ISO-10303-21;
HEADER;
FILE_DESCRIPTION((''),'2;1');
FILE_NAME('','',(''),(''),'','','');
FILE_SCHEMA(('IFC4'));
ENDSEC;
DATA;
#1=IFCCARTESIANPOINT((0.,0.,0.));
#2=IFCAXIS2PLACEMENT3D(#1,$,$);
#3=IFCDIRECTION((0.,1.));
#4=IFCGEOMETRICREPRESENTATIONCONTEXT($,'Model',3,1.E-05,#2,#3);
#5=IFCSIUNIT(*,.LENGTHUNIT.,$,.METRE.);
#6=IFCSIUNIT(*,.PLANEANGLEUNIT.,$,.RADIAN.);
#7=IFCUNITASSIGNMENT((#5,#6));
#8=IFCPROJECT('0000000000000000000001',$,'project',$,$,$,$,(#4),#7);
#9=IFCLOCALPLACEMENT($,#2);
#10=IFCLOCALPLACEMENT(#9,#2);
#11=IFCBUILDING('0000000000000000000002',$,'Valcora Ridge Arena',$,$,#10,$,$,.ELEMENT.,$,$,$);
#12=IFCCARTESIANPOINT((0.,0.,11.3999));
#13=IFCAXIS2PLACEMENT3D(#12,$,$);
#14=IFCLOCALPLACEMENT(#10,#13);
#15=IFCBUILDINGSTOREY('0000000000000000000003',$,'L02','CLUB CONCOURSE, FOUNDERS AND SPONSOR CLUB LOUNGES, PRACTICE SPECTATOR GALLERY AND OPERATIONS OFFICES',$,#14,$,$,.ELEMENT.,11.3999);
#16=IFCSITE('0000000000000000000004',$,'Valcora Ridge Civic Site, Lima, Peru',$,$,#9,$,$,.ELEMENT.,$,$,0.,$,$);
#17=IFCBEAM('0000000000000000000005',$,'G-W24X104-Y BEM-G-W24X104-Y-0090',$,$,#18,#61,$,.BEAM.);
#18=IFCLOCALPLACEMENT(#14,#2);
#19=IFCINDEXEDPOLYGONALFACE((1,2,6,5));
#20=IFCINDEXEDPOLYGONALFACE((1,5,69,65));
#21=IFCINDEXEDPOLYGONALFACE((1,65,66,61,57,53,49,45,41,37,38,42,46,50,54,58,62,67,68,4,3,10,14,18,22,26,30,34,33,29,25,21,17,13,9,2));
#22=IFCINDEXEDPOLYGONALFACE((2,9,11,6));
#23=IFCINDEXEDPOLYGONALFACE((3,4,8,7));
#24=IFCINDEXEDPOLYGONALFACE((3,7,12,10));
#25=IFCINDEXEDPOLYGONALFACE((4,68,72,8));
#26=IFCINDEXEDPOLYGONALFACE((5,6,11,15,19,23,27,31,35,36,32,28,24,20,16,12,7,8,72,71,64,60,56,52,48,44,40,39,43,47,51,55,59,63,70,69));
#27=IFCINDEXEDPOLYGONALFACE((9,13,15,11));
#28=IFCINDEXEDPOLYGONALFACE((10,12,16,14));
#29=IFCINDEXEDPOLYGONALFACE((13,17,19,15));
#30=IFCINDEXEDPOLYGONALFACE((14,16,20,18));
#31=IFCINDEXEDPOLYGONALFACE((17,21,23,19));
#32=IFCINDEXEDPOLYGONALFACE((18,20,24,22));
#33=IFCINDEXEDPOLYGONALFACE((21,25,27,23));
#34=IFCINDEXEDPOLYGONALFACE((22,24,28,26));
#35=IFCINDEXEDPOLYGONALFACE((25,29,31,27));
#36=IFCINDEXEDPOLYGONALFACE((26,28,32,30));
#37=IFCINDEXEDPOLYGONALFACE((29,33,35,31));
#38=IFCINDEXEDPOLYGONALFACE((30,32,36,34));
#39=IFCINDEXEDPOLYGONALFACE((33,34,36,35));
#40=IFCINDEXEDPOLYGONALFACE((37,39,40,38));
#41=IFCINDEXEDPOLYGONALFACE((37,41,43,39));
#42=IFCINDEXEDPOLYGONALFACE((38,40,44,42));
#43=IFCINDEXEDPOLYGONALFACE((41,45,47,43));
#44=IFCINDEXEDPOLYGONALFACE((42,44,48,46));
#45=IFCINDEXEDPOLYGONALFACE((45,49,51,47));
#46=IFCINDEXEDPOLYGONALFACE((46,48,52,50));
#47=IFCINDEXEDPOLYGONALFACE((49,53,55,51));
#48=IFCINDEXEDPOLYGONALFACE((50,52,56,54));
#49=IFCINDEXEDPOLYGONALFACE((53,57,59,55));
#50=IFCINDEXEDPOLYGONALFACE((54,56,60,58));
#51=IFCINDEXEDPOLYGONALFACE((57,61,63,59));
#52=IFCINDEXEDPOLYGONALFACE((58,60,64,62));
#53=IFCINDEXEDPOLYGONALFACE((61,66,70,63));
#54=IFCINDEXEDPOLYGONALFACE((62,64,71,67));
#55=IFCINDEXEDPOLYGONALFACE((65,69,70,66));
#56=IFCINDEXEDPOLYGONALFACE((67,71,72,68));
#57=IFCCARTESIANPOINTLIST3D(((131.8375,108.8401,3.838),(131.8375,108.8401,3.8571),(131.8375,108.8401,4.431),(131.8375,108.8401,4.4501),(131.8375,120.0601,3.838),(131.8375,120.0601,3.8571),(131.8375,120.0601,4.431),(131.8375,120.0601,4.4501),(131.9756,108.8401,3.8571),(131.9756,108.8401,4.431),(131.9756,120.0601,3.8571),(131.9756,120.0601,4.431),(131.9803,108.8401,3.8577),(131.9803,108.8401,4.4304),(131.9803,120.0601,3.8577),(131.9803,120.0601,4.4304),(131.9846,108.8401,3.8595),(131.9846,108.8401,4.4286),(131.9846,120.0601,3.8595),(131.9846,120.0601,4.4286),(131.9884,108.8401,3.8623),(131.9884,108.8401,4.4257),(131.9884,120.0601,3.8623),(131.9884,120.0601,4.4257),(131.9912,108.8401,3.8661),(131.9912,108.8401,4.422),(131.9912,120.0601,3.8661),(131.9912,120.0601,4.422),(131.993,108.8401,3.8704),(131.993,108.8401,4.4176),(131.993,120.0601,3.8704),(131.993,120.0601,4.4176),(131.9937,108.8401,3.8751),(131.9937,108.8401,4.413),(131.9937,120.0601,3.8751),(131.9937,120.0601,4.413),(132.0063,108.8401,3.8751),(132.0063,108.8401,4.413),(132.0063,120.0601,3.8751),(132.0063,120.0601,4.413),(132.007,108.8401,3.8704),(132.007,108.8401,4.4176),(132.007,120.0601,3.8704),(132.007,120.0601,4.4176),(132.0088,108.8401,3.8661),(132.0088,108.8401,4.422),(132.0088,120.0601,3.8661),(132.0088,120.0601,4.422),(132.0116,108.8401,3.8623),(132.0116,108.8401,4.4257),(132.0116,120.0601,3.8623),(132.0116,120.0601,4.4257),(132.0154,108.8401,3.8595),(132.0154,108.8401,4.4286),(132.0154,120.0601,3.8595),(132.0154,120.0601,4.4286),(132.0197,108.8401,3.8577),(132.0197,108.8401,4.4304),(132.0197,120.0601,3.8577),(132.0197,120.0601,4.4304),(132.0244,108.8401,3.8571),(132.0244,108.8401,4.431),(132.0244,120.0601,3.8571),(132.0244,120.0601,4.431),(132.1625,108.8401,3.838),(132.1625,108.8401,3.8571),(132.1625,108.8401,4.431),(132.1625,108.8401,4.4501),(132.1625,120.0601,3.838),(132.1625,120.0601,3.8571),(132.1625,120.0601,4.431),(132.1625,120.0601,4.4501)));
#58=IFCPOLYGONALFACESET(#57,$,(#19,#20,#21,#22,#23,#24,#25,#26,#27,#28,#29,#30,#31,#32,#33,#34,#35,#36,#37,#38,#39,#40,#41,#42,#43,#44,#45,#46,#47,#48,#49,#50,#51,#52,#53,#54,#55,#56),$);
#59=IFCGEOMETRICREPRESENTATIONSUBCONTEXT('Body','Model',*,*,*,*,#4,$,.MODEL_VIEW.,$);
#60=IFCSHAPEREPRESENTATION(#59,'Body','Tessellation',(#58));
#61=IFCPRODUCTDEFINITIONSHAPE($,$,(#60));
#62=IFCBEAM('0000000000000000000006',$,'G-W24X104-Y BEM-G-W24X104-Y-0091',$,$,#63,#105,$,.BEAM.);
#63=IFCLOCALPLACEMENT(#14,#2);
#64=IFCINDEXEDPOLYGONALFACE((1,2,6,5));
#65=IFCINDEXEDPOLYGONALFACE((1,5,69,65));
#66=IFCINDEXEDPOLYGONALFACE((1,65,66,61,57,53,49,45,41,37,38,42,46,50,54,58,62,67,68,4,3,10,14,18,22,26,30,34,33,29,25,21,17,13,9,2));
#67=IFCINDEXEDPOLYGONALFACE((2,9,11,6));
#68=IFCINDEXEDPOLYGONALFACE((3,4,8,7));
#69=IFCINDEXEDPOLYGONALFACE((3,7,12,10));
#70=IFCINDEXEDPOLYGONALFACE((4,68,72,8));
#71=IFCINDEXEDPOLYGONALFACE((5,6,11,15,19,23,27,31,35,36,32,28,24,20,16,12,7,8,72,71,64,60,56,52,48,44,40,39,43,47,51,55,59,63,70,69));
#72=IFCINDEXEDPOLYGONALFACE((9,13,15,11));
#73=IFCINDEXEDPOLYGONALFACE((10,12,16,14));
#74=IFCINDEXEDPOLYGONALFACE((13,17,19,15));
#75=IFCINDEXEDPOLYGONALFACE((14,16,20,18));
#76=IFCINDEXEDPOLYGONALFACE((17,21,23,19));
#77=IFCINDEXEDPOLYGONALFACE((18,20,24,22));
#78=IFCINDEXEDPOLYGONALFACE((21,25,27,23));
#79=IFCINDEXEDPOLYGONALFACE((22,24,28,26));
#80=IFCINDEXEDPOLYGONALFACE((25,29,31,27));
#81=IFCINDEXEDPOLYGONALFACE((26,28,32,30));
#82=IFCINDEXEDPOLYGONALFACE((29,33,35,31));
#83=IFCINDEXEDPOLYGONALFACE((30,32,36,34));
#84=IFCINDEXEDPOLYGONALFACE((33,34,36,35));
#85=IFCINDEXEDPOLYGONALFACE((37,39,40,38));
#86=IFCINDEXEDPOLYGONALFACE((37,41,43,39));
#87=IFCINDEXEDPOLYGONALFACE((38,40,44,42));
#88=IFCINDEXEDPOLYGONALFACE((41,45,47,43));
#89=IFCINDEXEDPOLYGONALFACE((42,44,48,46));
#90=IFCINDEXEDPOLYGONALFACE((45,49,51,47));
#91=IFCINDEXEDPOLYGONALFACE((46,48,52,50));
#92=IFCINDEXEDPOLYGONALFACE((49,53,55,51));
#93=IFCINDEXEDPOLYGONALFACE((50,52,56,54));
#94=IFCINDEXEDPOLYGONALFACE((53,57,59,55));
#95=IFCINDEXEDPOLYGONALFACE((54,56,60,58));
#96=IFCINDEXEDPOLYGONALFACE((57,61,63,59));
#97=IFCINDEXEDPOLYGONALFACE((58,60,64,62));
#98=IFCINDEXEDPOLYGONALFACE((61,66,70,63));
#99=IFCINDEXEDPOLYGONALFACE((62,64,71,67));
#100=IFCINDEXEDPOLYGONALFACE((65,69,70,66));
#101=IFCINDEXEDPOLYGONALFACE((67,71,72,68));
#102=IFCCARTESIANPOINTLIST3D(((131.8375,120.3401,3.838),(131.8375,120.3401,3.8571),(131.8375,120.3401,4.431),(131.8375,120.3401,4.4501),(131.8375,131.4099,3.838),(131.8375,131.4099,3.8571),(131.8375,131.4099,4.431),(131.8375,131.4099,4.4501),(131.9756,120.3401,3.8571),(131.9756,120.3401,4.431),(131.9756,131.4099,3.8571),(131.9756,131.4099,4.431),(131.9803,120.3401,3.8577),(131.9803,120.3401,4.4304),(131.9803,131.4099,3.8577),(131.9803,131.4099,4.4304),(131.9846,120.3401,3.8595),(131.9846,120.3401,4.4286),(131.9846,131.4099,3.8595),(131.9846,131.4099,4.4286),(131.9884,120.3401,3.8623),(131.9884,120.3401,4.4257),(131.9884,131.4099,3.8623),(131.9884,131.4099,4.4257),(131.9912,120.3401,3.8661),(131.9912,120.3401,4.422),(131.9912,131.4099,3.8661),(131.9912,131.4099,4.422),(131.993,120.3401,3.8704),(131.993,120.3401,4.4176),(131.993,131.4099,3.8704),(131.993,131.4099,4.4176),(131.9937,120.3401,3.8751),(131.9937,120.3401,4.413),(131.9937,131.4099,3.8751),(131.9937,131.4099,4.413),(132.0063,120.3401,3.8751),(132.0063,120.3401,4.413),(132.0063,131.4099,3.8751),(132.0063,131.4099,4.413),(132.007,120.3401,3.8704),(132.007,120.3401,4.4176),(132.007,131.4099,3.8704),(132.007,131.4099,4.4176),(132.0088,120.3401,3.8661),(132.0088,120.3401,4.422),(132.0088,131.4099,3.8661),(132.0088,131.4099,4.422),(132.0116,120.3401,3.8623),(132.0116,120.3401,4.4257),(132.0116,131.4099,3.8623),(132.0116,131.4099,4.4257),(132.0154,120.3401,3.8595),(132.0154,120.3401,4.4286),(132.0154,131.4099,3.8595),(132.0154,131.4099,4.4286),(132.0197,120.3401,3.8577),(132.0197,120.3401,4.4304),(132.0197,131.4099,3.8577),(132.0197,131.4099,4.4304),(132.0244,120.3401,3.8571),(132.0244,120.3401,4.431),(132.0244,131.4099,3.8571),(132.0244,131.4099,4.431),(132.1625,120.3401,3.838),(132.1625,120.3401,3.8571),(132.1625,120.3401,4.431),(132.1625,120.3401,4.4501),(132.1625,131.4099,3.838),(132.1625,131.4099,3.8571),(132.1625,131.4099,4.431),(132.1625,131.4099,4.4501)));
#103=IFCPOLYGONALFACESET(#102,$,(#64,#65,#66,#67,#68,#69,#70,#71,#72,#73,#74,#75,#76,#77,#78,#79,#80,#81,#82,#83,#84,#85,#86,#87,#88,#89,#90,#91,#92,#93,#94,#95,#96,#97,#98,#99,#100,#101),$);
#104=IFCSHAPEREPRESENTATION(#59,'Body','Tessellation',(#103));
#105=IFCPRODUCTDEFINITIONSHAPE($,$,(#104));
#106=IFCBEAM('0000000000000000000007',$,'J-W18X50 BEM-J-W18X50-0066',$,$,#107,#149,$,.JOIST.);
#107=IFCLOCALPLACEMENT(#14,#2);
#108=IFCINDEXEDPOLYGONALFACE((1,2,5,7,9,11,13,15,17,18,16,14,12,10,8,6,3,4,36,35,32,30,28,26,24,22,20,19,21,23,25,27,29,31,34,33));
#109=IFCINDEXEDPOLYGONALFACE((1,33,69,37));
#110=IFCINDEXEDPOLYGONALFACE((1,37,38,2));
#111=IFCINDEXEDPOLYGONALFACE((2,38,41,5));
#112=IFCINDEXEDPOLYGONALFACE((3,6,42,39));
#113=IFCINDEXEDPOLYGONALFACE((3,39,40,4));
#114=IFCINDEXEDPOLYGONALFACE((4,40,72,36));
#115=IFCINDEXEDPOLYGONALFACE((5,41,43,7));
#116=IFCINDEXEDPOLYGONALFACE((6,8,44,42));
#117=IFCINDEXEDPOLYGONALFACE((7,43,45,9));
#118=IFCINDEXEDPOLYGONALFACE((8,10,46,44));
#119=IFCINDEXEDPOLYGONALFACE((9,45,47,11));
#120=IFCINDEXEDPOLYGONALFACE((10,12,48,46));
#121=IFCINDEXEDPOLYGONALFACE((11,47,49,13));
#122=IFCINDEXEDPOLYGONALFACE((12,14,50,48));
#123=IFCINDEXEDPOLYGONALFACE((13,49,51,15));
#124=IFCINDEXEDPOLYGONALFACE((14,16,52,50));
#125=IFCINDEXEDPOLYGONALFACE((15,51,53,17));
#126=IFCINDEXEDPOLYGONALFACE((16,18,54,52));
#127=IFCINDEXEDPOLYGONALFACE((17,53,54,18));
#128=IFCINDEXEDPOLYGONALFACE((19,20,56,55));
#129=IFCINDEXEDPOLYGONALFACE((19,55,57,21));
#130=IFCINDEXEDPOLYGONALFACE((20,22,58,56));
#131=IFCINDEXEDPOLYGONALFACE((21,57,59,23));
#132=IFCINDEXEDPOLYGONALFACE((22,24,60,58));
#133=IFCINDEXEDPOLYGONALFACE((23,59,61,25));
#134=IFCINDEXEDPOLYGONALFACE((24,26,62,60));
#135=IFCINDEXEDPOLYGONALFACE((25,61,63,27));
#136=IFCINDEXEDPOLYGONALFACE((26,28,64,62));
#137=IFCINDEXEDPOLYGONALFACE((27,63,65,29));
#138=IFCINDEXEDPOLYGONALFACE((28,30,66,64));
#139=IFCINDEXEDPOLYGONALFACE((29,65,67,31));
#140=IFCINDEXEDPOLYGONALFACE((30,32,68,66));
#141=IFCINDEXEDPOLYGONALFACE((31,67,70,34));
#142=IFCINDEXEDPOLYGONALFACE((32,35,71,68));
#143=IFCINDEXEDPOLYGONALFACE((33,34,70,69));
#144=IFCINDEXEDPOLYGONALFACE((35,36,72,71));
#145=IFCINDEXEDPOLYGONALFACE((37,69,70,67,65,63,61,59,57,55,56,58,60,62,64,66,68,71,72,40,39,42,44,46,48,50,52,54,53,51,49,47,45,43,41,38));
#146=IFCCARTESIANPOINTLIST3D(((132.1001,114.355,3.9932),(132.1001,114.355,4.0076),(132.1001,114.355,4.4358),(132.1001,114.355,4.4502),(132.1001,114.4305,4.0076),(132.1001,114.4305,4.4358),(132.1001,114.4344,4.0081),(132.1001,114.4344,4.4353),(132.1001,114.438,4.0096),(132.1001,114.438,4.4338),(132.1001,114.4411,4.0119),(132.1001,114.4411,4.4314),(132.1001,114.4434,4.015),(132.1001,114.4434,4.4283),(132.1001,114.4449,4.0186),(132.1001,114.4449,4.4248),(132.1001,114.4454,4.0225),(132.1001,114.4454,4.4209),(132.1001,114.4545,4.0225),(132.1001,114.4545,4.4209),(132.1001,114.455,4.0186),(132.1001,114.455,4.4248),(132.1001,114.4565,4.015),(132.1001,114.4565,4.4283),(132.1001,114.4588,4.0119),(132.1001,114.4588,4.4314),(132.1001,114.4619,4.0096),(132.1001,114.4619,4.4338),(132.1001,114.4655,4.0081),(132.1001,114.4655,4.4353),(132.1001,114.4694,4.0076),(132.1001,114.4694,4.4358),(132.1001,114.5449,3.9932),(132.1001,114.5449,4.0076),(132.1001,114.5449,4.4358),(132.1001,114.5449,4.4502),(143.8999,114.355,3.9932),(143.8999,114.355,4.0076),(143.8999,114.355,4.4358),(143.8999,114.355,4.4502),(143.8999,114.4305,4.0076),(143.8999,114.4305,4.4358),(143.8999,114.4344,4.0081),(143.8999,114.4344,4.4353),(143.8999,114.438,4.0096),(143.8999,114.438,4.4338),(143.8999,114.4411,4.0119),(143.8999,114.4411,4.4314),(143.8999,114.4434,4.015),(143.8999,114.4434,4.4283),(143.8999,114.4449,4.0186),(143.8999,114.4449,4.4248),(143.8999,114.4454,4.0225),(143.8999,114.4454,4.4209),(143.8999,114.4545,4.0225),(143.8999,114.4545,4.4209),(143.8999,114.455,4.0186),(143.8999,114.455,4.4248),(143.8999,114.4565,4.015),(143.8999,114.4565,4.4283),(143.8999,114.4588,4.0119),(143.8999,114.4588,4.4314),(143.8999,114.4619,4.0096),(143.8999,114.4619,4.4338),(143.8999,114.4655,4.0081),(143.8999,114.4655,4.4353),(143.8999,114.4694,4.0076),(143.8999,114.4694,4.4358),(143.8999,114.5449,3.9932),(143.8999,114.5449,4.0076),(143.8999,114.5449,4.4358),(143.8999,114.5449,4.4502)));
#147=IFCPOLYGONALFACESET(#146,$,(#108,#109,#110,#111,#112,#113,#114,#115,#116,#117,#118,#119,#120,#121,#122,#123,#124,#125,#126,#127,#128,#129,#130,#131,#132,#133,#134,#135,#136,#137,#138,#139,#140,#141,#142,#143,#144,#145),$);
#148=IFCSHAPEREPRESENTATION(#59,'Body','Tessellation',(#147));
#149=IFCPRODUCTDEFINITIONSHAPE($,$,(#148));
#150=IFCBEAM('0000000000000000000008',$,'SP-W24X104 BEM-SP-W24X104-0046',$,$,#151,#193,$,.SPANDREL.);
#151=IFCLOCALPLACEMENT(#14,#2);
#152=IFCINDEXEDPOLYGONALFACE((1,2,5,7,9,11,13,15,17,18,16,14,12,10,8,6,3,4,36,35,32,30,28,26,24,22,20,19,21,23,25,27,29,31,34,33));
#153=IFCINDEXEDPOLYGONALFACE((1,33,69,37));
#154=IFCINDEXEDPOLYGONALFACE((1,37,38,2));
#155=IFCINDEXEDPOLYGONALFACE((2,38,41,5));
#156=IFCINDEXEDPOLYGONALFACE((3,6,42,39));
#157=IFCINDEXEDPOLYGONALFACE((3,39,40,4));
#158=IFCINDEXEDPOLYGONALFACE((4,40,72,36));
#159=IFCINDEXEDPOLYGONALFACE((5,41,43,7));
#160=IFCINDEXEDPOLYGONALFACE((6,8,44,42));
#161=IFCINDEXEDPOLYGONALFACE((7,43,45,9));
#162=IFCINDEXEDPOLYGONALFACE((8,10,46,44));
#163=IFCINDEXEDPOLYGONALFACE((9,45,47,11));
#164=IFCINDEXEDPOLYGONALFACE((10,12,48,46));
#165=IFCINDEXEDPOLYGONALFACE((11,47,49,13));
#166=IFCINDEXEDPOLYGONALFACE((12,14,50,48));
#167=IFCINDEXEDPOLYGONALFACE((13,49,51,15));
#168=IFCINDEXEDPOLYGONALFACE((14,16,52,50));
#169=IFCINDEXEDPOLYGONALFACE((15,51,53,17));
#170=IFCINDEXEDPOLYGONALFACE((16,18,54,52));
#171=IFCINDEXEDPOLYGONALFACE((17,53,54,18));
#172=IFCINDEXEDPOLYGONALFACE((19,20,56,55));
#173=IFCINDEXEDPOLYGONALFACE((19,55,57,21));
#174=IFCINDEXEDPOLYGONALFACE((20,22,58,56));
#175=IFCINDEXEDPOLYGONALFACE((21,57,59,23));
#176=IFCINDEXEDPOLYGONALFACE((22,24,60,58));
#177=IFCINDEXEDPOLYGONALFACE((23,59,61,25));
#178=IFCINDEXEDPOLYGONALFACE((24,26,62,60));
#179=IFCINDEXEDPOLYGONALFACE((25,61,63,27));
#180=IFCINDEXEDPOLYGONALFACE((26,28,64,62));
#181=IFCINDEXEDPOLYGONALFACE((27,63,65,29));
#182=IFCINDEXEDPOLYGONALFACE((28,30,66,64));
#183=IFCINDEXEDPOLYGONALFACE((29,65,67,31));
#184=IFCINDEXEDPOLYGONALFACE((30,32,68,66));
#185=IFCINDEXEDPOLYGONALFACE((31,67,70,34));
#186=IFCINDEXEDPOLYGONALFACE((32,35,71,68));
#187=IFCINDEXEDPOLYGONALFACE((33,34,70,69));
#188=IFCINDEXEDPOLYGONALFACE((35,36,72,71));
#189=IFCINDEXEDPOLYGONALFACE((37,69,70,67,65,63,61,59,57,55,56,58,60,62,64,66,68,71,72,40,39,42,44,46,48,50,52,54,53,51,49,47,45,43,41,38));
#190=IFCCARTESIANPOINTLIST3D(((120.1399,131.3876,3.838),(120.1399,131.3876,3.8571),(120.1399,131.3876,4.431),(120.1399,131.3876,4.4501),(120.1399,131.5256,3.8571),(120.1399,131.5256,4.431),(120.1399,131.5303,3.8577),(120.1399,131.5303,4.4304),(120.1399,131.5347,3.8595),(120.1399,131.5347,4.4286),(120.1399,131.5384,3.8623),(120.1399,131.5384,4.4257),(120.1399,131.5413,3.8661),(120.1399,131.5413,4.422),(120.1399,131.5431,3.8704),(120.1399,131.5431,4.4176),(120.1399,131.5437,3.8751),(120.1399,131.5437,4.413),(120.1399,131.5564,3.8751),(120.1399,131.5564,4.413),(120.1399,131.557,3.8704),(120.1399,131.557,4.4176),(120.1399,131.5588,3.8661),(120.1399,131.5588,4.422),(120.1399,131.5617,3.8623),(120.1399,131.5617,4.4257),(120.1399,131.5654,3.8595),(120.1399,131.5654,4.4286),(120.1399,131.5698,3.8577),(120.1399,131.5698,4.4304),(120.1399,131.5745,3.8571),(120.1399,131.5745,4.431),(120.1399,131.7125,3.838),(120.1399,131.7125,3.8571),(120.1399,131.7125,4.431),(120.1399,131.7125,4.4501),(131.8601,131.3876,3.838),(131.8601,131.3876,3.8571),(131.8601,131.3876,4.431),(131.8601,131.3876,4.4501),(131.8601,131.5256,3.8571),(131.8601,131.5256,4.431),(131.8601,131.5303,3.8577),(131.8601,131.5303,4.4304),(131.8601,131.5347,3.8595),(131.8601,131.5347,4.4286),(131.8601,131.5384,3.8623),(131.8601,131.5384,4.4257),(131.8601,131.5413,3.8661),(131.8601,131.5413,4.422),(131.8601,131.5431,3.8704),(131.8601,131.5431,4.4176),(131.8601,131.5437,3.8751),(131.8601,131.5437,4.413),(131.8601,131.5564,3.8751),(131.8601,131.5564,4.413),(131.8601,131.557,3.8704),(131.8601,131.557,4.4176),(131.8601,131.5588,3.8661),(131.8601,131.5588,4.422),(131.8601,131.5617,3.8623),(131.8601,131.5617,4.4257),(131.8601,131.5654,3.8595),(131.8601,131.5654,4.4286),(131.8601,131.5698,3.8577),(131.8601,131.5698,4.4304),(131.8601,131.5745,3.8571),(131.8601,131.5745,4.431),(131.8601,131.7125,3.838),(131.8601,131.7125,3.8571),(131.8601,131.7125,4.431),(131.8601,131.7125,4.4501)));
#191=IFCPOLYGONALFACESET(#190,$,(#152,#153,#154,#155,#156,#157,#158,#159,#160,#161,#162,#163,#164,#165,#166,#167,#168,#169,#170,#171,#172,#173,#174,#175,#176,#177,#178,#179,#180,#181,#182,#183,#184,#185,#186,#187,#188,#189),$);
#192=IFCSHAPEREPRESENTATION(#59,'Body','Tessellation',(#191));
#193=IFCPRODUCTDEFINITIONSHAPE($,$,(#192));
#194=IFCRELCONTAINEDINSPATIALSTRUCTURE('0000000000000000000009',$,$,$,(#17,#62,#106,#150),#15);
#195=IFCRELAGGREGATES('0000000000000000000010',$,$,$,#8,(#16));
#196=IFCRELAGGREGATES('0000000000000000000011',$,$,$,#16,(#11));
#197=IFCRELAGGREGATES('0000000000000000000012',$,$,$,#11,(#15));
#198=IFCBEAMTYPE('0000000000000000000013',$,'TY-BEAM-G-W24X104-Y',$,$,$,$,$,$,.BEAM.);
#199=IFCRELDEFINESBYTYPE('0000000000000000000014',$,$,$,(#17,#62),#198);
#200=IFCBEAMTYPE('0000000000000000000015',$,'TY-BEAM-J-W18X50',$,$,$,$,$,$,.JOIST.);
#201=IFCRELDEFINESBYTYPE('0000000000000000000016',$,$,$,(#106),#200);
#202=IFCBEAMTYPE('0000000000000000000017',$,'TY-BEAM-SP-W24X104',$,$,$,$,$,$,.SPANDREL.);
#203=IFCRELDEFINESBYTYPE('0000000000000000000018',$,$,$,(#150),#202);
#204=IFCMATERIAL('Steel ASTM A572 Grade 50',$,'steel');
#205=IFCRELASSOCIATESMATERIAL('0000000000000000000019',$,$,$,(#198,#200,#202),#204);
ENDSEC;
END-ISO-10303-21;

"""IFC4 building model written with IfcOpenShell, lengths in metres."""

from ifc_helpers import new_model, si_unit, direction, frame, origin, origin_2d, place, context, subcontext, project, spatial, i_section, extrude, material, material_profile, profile_set, type_object, element, save


model = new_model("IFC4")

# Units and contexts
model_context = context("Model", 3, precision=1e-05, world=origin(), true_north=direction((0.0, 1.0)))
body_context = subcontext(model_context, "Body", "Model", "MODEL_VIEW")
ifc_project = project(units=[si_unit("LENGTHUNIT", "METRE"), si_unit("PLANEANGLEUNIT", "RADIAN")], contexts=[model_context])

# Site, building, storey
site_placement = place(None, origin())
site = spatial("IfcSite", under=ifc_project, at=site_placement, Name="Valcora Ridge Civic Site, Lima, Peru", CompositionType="ELEMENT", RefElevation=0.0)
building_placement = place(site_placement, origin())
building = spatial("IfcBuilding", under=site, at=building_placement, Name="Valcora Ridge Arena", CompositionType="ELEMENT")
storey_placement = place(building_placement, frame((0.0, 0.0, 11.3999)))
storey = spatial("IfcBuildingStorey", under=building, at=storey_placement, Name="L02", Description="CLUB CONCOURSE, FOUNDERS AND SPONSOR CLUB LOUNGES, PRACTICE SPECTATOR GALLERY AND OPERATIONS OFFICES", CompositionType="ELEMENT", Elevation=11.3999)

# Beams
ifc_material_1 = material(Name="Steel ASTM A572 Grade 50", Category="steel")
ifc_material_profile_1 = material_profile(ifc_material_1, i_section(OverallWidth=0.325, OverallDepth=0.6121, WebThickness=0.0127, FlangeThickness=0.019, FilletRadius=0.0181, at=origin_2d()), Name="W24X104")
ifc_profile_set_1 = profile_set([ifc_material_profile_1], Name="Steel ASTM A572 Grade 50")
beam_type_1 = type_object("IfcBeamType", Name="TY-BEAM-G-W24X104-Y", PredefinedType="BEAM", material=ifc_profile_set_1)
beam_1_placement = place(storey_placement, frame((132.0, 108.8401, 4.144), z_axis=(0.0, 1.0, 0.0), x_axis=(-1.0, 0.0, 0.0)))
element("IfcBeam", 1, at=beam_1_placement, inside=storey, type_object=beam_type_1, Name="G-W24X104-Y BEM-G-W24X104-Y-0090", PredefinedType="BEAM", context=body_context, shape_type="SweptSolid", body=[
    extrude(i_section(OverallWidth=0.325, OverallDepth=0.6121, WebThickness=0.0127, FlangeThickness=0.019, FilletRadius=0.0181, at=origin_2d()), origin(), (0.0, 0.0, 1.0), 11.22),
])
beam_2_placement = place(storey_placement, frame((132.0, 120.3401, 4.144), z_axis=(0.0, 1.0, 0.0), x_axis=(-1.0, 0.0, 0.0)))
element("IfcBeam", 2, at=beam_2_placement, inside=storey, type_object=beam_type_1, Name="G-W24X104-Y BEM-G-W24X104-Y-0091", PredefinedType="BEAM", context=body_context, shape_type="SweptSolid", body=[
    extrude(i_section(OverallWidth=0.325, OverallDepth=0.6121, WebThickness=0.0127, FlangeThickness=0.019, FilletRadius=0.0181, at=origin_2d()), origin(), (0.0, 0.0, 1.0), 11.0698),
])
ifc_material_profile_2 = material_profile(ifc_material_1, i_section(OverallWidth=0.1899, OverallDepth=0.457, WebThickness=0.009, FlangeThickness=0.0144, FilletRadius=0.0149, at=origin_2d()), Name="W18X50")
ifc_profile_set_2 = profile_set([ifc_material_profile_2], Name="Steel ASTM A572 Grade 50")
beam_type_2 = type_object("IfcBeamType", Name="TY-BEAM-J-W18X50", PredefinedType="JOIST", material=ifc_profile_set_2)
beam_3_placement = place(storey_placement, frame((132.1001, 114.45, 4.2217), z_axis=(1.0, 0.0, 0.0), x_axis=(0.0, 1.0, 0.0)))
element("IfcBeam", 3, at=beam_3_placement, inside=storey, type_object=beam_type_2, Name="J-W18X50 BEM-J-W18X50-0066", PredefinedType="JOIST", context=body_context, shape_type="SweptSolid", body=[
    extrude(i_section(OverallWidth=0.1899, OverallDepth=0.457, WebThickness=0.009, FlangeThickness=0.0144, FilletRadius=0.0149, at=origin_2d()), origin(), (0.0, 0.0, 1.0), 11.7998),
])
ifc_material_profile_3 = material_profile(ifc_material_1, i_section(OverallWidth=0.325, OverallDepth=0.6121, WebThickness=0.0127, FlangeThickness=0.019, FilletRadius=0.0181, at=origin_2d()), Name="W24X104")
ifc_profile_set_3 = profile_set([ifc_material_profile_3], Name="Steel ASTM A572 Grade 50")
beam_type_3 = type_object("IfcBeamType", Name="TY-BEAM-SP-W24X104", PredefinedType="SPANDREL", material=ifc_profile_set_3)
for number, where, z_axis, x_axis, name in (
    (4, (120.1399, 131.55, 4.144), (1.0, 0.0, 0.0), (0.0, 1.0, 0.0), "SP-W24X104 BEM-SP-W24X104-0046"),
):
    element("IfcBeam", number, at=place(storey_placement, frame(where, z_axis=z_axis, x_axis=x_axis)), inside=storey, type_object=beam_type_3, Name=name, PredefinedType="SPANDREL", context=body_context, shape_type="SweptSolid", body=[
        extrude(i_section(OverallWidth=0.325, OverallDepth=0.6121, WebThickness=0.0127, FlangeThickness=0.019, FilletRadius=0.0181, at=origin_2d()), origin(), (0.0, 0.0, 1.0), 11.7202),
    ])

save(model, "model.ifc")
